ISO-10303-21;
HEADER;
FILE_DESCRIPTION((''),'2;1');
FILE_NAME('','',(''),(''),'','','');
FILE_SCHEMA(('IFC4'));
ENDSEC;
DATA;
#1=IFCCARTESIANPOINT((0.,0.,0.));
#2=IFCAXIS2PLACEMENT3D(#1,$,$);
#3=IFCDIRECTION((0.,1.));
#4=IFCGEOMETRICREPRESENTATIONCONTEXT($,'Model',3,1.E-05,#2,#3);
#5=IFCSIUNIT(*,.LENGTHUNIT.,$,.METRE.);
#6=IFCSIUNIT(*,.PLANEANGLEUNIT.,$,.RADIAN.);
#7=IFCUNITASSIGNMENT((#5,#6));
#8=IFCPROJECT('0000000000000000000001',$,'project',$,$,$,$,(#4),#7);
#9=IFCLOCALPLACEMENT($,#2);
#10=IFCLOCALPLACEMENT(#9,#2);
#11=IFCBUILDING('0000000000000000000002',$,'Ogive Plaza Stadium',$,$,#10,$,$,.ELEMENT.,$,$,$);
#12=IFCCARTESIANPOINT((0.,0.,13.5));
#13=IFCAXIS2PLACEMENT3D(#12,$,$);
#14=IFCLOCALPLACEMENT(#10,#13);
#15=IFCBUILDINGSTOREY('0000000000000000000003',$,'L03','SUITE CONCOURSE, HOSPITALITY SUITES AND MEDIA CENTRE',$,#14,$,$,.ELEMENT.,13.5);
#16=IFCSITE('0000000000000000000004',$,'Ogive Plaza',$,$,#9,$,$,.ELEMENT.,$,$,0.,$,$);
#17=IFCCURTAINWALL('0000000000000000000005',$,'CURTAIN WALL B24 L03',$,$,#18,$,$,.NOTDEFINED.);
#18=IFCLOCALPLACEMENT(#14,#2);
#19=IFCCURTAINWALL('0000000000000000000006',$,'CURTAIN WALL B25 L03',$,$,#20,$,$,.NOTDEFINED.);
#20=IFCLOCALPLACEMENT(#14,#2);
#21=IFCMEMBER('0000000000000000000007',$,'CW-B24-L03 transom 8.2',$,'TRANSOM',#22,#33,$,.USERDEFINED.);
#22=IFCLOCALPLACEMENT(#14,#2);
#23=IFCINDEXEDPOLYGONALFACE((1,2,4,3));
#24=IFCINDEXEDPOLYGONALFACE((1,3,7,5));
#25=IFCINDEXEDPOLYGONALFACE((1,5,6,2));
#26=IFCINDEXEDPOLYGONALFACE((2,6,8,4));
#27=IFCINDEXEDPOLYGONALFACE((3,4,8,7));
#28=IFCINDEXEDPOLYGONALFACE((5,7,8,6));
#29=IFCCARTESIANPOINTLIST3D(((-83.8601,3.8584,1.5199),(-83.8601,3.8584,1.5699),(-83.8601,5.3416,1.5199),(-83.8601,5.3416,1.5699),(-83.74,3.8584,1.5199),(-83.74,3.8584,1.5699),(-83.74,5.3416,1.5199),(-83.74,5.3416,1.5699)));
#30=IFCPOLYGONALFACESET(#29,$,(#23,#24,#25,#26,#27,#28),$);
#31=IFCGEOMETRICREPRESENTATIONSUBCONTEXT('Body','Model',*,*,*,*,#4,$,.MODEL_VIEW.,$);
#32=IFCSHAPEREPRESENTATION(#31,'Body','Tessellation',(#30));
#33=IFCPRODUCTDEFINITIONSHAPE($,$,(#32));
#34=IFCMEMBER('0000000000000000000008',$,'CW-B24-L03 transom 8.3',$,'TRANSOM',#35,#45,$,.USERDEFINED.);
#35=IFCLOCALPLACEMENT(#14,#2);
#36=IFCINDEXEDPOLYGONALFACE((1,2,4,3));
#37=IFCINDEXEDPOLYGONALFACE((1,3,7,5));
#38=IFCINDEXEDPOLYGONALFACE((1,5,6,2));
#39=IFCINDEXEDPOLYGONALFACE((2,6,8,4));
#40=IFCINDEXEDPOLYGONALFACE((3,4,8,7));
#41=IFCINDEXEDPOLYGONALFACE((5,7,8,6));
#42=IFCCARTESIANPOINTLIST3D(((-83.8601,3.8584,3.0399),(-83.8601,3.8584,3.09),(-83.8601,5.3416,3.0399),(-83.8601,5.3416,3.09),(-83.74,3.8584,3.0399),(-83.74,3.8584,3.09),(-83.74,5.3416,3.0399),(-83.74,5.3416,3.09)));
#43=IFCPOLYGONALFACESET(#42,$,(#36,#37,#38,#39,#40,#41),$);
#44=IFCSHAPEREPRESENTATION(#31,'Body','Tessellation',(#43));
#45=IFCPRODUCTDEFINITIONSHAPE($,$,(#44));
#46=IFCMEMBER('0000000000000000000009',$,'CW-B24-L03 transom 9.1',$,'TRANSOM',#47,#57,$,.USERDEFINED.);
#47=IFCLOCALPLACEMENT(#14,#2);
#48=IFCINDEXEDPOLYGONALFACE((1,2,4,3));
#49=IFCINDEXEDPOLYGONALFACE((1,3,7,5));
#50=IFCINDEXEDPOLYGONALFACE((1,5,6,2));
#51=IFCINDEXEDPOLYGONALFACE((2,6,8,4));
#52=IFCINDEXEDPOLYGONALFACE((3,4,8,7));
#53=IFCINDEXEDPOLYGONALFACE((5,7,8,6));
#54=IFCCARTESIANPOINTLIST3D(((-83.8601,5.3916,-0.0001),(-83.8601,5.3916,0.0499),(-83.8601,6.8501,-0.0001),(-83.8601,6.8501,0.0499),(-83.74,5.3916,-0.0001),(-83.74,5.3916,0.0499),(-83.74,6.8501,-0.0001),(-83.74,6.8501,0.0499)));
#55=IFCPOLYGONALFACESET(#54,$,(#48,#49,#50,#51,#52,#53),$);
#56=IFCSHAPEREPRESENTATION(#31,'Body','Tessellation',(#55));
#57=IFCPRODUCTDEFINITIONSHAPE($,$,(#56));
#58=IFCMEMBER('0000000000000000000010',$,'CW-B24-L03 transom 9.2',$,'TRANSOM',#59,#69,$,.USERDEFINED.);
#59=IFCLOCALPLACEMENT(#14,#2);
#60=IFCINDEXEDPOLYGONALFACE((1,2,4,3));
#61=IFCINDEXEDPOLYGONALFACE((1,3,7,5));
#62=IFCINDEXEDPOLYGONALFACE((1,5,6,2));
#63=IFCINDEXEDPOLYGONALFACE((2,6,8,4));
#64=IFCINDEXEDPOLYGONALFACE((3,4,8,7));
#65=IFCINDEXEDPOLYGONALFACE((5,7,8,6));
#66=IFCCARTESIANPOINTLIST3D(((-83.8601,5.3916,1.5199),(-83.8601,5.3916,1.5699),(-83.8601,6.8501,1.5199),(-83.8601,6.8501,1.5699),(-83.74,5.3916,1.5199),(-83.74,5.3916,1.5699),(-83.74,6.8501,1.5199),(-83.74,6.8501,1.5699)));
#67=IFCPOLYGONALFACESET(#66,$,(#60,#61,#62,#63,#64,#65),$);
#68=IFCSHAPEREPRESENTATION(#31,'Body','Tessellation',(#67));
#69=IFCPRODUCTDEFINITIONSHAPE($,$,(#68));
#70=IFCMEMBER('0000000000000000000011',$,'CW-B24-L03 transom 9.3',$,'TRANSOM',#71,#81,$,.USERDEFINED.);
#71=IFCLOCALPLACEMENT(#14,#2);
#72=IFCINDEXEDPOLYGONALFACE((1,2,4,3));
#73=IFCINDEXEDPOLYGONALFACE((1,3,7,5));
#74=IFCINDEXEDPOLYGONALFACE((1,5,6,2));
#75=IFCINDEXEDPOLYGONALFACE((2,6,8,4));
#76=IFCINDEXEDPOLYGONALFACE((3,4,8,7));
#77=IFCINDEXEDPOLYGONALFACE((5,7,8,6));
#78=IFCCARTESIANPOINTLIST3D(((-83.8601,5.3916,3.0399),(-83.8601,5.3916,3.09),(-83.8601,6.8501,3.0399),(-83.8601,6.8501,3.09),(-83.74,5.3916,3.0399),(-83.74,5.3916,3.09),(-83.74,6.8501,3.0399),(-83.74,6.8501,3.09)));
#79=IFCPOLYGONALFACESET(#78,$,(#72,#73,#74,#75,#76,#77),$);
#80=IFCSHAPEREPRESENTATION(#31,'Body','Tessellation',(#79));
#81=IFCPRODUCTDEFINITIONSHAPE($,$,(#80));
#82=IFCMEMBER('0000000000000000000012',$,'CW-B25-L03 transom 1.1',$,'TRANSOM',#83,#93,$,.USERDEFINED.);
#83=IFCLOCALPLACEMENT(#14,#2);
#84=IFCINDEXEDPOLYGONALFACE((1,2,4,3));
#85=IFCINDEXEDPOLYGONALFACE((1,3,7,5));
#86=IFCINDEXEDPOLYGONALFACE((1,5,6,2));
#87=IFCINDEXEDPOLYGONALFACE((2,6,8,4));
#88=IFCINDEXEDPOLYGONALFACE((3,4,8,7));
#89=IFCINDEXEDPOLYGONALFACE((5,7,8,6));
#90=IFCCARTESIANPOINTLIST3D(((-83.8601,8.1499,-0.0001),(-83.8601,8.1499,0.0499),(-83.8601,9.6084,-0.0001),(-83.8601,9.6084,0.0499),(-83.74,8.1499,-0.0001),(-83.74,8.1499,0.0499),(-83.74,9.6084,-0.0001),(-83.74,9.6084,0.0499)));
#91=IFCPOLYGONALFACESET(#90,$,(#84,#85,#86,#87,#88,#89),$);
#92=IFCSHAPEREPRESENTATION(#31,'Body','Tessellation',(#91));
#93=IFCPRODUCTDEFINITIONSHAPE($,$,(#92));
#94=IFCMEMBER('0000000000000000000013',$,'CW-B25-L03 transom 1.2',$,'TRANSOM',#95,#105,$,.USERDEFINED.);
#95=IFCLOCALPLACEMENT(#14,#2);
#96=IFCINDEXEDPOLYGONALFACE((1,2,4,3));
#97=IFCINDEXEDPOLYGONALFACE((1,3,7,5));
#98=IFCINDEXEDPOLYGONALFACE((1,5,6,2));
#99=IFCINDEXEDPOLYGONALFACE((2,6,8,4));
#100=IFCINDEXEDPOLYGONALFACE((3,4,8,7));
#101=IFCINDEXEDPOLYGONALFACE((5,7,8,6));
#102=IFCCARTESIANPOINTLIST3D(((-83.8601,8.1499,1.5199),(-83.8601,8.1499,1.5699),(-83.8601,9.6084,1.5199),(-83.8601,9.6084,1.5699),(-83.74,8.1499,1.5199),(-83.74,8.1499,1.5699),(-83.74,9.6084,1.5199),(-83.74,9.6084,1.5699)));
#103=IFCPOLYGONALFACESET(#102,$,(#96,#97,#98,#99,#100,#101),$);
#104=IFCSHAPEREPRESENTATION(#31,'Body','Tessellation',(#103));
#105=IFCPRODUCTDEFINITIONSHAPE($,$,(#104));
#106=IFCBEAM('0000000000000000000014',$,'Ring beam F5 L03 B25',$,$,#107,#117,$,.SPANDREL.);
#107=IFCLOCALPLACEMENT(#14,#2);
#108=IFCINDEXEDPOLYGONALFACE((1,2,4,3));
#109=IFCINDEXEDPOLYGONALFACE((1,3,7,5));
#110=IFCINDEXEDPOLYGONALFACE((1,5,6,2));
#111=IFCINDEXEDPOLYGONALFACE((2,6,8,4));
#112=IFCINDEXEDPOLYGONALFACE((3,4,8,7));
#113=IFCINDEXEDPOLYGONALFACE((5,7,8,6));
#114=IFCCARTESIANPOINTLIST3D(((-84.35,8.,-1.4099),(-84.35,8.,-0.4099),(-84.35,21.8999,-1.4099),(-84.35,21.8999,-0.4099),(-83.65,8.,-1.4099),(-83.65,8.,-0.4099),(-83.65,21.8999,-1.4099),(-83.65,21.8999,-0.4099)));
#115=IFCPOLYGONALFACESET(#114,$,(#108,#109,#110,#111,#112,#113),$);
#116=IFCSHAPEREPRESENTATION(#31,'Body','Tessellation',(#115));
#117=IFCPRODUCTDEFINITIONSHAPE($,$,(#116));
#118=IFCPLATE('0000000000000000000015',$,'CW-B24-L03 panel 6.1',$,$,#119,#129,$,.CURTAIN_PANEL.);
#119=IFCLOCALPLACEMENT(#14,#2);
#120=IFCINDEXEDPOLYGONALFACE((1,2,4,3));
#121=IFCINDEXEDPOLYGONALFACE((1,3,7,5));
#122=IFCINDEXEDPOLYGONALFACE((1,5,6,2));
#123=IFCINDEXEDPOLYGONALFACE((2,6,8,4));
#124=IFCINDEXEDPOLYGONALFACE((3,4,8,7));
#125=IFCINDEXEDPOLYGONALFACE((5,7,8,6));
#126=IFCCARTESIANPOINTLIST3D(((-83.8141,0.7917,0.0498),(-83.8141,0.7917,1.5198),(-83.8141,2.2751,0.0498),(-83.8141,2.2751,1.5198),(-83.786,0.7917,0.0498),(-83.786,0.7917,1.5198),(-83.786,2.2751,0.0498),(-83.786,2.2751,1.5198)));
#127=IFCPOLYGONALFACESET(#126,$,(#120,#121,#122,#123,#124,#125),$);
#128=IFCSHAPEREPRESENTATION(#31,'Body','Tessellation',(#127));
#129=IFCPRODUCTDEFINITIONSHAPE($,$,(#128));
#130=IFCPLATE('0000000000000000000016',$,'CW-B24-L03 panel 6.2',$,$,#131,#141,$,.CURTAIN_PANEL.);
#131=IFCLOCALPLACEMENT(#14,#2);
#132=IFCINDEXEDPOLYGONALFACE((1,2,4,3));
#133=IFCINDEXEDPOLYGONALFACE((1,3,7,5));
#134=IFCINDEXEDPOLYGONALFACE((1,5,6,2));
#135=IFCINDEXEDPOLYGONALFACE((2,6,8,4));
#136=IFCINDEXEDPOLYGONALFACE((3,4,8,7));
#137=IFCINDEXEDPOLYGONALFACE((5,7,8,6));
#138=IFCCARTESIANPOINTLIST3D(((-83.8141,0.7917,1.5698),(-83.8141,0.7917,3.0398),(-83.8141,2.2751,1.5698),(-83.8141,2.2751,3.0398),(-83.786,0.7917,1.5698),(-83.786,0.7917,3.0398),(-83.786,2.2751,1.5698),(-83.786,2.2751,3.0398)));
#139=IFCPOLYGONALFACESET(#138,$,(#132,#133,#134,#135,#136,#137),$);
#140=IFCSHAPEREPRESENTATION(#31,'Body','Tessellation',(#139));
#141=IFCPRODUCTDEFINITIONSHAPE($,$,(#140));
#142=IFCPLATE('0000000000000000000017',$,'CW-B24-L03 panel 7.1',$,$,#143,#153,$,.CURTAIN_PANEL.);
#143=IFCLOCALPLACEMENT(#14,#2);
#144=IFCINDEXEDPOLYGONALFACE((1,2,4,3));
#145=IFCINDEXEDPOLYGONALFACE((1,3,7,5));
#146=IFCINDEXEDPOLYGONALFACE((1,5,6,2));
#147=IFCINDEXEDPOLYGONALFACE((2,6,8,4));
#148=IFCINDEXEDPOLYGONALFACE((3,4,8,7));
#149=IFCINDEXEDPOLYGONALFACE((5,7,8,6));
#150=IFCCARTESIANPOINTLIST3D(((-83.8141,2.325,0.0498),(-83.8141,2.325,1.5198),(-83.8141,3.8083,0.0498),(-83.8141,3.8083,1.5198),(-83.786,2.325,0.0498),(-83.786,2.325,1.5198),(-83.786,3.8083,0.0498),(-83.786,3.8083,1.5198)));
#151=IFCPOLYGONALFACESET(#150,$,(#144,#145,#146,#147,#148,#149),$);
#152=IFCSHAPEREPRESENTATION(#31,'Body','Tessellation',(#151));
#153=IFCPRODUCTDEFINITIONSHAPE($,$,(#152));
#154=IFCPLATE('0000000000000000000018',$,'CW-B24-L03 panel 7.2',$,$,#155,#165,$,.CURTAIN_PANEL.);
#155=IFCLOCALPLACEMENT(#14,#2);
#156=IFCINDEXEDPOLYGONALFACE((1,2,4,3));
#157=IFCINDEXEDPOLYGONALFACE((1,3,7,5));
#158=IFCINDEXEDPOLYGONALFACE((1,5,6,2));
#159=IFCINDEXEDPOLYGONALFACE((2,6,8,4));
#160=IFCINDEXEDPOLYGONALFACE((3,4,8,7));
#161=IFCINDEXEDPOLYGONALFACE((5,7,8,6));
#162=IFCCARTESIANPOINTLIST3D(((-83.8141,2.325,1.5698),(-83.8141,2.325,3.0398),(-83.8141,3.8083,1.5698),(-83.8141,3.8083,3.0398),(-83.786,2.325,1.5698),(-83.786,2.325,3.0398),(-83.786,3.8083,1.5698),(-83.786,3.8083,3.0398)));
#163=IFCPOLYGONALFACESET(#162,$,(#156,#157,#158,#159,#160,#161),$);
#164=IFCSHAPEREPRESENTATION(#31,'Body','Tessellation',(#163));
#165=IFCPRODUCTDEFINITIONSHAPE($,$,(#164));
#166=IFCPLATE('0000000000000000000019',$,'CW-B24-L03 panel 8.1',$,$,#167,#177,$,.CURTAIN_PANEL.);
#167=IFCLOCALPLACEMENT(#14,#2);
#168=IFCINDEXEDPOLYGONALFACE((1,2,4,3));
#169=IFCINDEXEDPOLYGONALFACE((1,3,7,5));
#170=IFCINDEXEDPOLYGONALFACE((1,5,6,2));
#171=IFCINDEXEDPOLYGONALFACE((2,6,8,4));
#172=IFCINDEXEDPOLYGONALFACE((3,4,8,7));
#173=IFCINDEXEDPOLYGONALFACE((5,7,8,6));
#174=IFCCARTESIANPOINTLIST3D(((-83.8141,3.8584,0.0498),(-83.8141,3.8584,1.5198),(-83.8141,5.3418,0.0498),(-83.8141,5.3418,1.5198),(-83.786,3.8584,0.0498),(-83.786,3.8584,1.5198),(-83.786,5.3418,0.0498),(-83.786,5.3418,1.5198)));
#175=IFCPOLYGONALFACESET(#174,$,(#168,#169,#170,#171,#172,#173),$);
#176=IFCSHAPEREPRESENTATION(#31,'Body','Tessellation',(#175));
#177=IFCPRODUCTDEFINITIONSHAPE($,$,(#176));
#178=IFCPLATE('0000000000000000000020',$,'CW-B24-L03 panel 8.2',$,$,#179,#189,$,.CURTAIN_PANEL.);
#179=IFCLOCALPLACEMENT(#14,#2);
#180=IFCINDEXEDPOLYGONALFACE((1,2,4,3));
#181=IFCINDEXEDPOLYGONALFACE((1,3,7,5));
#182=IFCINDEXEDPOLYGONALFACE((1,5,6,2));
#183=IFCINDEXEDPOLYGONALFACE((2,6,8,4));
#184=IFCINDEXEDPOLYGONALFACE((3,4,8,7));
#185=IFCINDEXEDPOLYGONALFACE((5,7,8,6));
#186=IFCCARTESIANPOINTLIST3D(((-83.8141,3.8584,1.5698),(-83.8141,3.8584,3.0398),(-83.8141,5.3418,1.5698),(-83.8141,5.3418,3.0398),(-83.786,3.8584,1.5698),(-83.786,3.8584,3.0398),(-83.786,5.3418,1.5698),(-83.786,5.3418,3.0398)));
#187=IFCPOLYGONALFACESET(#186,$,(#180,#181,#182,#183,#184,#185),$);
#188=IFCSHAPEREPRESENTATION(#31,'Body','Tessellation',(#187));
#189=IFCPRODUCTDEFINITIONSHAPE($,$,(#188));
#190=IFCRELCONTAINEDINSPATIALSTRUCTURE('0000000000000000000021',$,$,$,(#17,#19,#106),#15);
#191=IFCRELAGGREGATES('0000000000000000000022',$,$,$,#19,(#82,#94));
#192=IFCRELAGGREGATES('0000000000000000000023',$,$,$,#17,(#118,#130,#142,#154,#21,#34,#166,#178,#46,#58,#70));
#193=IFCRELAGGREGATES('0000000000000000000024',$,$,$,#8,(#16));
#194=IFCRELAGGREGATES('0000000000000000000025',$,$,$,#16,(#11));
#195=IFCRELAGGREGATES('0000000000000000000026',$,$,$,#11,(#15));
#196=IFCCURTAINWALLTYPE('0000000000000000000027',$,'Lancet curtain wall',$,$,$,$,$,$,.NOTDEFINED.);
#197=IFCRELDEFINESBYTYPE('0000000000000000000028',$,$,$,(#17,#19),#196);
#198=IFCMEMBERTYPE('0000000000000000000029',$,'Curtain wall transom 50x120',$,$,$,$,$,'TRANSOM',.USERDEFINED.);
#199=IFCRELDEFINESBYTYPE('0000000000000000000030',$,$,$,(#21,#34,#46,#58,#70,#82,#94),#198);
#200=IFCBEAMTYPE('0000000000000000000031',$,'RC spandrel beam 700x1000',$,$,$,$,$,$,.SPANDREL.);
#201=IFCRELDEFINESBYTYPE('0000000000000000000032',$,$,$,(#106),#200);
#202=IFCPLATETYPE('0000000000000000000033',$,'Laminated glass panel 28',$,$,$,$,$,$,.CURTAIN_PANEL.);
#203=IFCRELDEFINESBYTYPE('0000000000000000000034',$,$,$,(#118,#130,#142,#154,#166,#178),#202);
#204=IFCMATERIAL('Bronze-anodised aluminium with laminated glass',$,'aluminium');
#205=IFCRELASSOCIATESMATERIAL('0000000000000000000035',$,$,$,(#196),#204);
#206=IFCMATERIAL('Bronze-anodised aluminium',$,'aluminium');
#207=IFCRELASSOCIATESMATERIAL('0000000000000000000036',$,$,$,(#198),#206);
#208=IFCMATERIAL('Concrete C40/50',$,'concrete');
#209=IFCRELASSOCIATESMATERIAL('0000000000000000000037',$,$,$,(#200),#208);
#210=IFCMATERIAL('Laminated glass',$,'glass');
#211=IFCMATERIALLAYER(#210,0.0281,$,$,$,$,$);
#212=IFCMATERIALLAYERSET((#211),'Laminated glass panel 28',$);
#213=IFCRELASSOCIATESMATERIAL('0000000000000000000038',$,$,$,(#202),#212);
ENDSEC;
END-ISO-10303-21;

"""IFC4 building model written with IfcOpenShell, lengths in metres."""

from ifc_helpers import new_model, si_unit, direction, frame, origin, origin_2d, place, context, subcontext, project, spatial, rectangle, extrude, material, layer, layer_set, material_profile, profile_set, type_object, element, aggregate, save


model = new_model("IFC4")

# Units and contexts
model_context = context("Model", 3, precision=1e-05, world=origin(), true_north=direction((0.0, 1.0)))
body_context = subcontext(model_context, "Body", "Model", "MODEL_VIEW")
ifc_project = project(units=[si_unit("LENGTHUNIT", "METRE"), si_unit("PLANEANGLEUNIT", "RADIAN")], contexts=[model_context])

# Site, building, storey
site_placement = place(None, origin())
site = spatial("IfcSite", under=ifc_project, at=site_placement, Name="Ogive Plaza", CompositionType="ELEMENT", RefElevation=0.0)
building_placement = place(site_placement, origin())
building = spatial("IfcBuilding", under=site, at=building_placement, Name="Ogive Plaza Stadium", CompositionType="ELEMENT")
storey_placement = place(building_placement, frame((0.0, 0.0, 13.5)))
storey = spatial("IfcBuildingStorey", under=building, at=storey_placement, Name="L03", Description="SUITE CONCOURSE, HOSPITALITY SUITES AND MEDIA CENTRE", CompositionType="ELEMENT", Elevation=13.5)

# Curtain wall
ifc_material_1 = material(Name="Bronze-anodised aluminium with laminated glass", Category="aluminium")
curtain_wall_type = type_object("IfcCurtainWallType", Name="Lancet curtain wall", PredefinedType="NOTDEFINED", material=ifc_material_1)
curtain_wall_1_placement = place(storey_placement, origin())
curtain_wall_1 = element("IfcCurtainWall", 1, at=curtain_wall_1_placement, inside=storey, type_object=curtain_wall_type, Name="CURTAIN WALL B24 L03", PredefinedType="NOTDEFINED")

# Curtain wall
curtain_wall_2_placement = place(storey_placement, origin())
curtain_wall_2 = element("IfcCurtainWall", 2, at=curtain_wall_2_placement, inside=storey, type_object=curtain_wall_type, Name="CURTAIN WALL B25 L03", PredefinedType="NOTDEFINED")

# Members
ifc_material_2 = material(Name="Bronze-anodised aluminium", Category="aluminium")
ifc_material_profile_1 = material_profile(ifc_material_2, rectangle(XDim=0.1201, YDim=0.05, at=origin_2d()), Name="AL 120x50")
ifc_profile_set_1 = profile_set([ifc_material_profile_1], Name="Bronze-anodised aluminium")
member_type_1 = type_object("IfcMemberType", Name="Curtain wall transom 50x120", ElementType="TRANSOM", PredefinedType="USERDEFINED", material=ifc_profile_set_1)
member_1_placement = place(storey_placement, frame((-83.8, 3.8584, 1.5449), z_axis=(0.0, 1.0, 0.0), x_axis=(-1.0, 0.0, 0.0)))
member_1 = element("IfcMember", 3, at=member_1_placement, type_object=member_type_1, Name="CW-B24-L03 transom 8.2", ObjectType="TRANSOM", PredefinedType="USERDEFINED", context=body_context, shape_type="SweptSolid", body=[
    extrude(rectangle(XDim=0.1201, YDim=0.05, at=origin_2d()), origin(), (0.0, 0.0, 1.0), 1.4832),
])
member_2_placement = place(storey_placement, frame((-83.8, 3.8584, 3.0649), z_axis=(0.0, 1.0, 0.0), x_axis=(-1.0, 0.0, 0.0)))
member_2 = element("IfcMember", 4, at=member_2_placement, type_object=member_type_1, Name="CW-B24-L03 transom 8.3", ObjectType="TRANSOM", PredefinedType="USERDEFINED", context=body_context, shape_type="SweptSolid", body=[
    extrude(rectangle(XDim=0.1201, YDim=0.05, at=origin_2d()), origin(), (0.0, 0.0, 1.0), 1.4832),
])
member_3_placement = place(storey_placement, frame((-83.8, 5.3916, 0.0249), z_axis=(0.0, 1.0, 0.0), x_axis=(-1.0, 0.0, 0.0)))
member_3 = element("IfcMember", 5, at=member_3_placement, type_object=member_type_1, Name="CW-B24-L03 transom 9.1", ObjectType="TRANSOM", PredefinedType="USERDEFINED", context=body_context, shape_type="SweptSolid", body=[
    extrude(rectangle(XDim=0.1201, YDim=0.05, at=origin_2d()), origin(), (0.0, 0.0, 1.0), 1.4585),
])
member_4_placement = place(storey_placement, frame((-83.8, 5.3916, 1.5449), z_axis=(0.0, 1.0, 0.0), x_axis=(-1.0, 0.0, 0.0)))
member_4 = element("IfcMember", 6, at=member_4_placement, type_object=member_type_1, Name="CW-B24-L03 transom 9.2", ObjectType="TRANSOM", PredefinedType="USERDEFINED", context=body_context, shape_type="SweptSolid", body=[
    extrude(rectangle(XDim=0.1201, YDim=0.05, at=origin_2d()), origin(), (0.0, 0.0, 1.0), 1.4585),
])
member_5_placement = place(storey_placement, frame((-83.8, 5.3916, 3.0649), z_axis=(0.0, 1.0, 0.0), x_axis=(-1.0, 0.0, 0.0)))
member_5 = element("IfcMember", 7, at=member_5_placement, type_object=member_type_1, Name="CW-B24-L03 transom 9.3", ObjectType="TRANSOM", PredefinedType="USERDEFINED", context=body_context, shape_type="SweptSolid", body=[
    extrude(rectangle(XDim=0.1201, YDim=0.05, at=origin_2d()), origin(), (0.0, 0.0, 1.0), 1.4585),
])
member_6_placement = place(storey_placement, frame((-83.8, 8.1499, 0.0249), z_axis=(0.0, 1.0, 0.0), x_axis=(-1.0, 0.0, 0.0)))
member_6 = element("IfcMember", 8, at=member_6_placement, type_object=member_type_1, Name="CW-B25-L03 transom 1.1", ObjectType="TRANSOM", PredefinedType="USERDEFINED", context=body_context, shape_type="SweptSolid", body=[
    extrude(rectangle(XDim=0.1201, YDim=0.05, at=origin_2d()), origin(), (0.0, 0.0, 1.0), 1.4585),
])
member_7_placement = place(storey_placement, frame((-83.8, 8.1499, 1.5449), z_axis=(0.0, 1.0, 0.0), x_axis=(-1.0, 0.0, 0.0)))
member_7 = element("IfcMember", 9, at=member_7_placement, type_object=member_type_1, Name="CW-B25-L03 transom 1.2", ObjectType="TRANSOM", PredefinedType="USERDEFINED", context=body_context, shape_type="SweptSolid", body=[
    extrude(rectangle(XDim=0.1201, YDim=0.05, at=origin_2d()), origin(), (0.0, 0.0, 1.0), 1.4585),
])
aggregate(curtain_wall_2, [member_6, member_7])

# Beam
ifc_material_3 = material(Name="Concrete C40/50", Category="concrete")
ifc_material_profile_2 = material_profile(ifc_material_3, rectangle(XDim=0.7, YDim=1.0, at=origin_2d()), Name="RC 700x1000")
ifc_profile_set_2 = profile_set([ifc_material_profile_2], Name="Concrete C40/50")
beam_type = type_object("IfcBeamType", Name="RC spandrel beam 700x1000", PredefinedType="SPANDREL", material=ifc_profile_set_2)
beam_placement = place(storey_placement, frame((-84.0, 8.0, -0.9099), z_axis=(0.0, 1.0, 0.0), x_axis=(-1.0, 0.0, 0.0)))
element("IfcBeam", 10, at=beam_placement, inside=storey, type_object=beam_type, Name="Ring beam F5 L03 B25", PredefinedType="SPANDREL", context=body_context, shape_type="SweptSolid", body=[
    extrude(rectangle(XDim=0.7, YDim=1.0, at=origin_2d()), origin(), (0.0, 0.0, 1.0), 13.8999),
])

# Plates
ifc_material_4 = material(Name="Laminated glass", Category="glass")
ifc_layer_1 = layer(ifc_material_4, 0.0281)
ifc_layer_set_1 = layer_set([ifc_layer_1], Name="Laminated glass panel 28")
plate_type = type_object("IfcPlateType", Name="Laminated glass panel 28", PredefinedType="CURTAIN_PANEL", material=ifc_layer_set_1)
plate_1_placement = place(storey_placement, frame((-83.8, 1.5334, 0.0498), z_axis=(0.0, 0.0, 1.0), x_axis=(0.0, 1.0, 0.0)))
plate_1 = element("IfcPlate", 11, at=plate_1_placement, type_object=plate_type, Name="CW-B24-L03 panel 6.1", PredefinedType="CURTAIN_PANEL", context=body_context, shape_type="SweptSolid", body=[
    extrude(rectangle(XDim=1.4834, YDim=0.0281, at=origin_2d()), origin(), (0.0, 0.0, 1.0), 1.47),
])
plate_2_placement = place(storey_placement, frame((-83.8, 1.5334, 1.5698), z_axis=(0.0, 0.0, 1.0), x_axis=(0.0, 1.0, 0.0)))
plate_2 = element("IfcPlate", 12, at=plate_2_placement, type_object=plate_type, Name="CW-B24-L03 panel 6.2", PredefinedType="CURTAIN_PANEL", context=body_context, shape_type="SweptSolid", body=[
    extrude(rectangle(XDim=1.4834, YDim=0.0281, at=origin_2d()), origin(), (0.0, 0.0, 1.0), 1.47),
])
plate_3_placement = place(storey_placement, frame((-83.8, 3.0667, 0.0498), z_axis=(0.0, 0.0, 1.0), x_axis=(0.0, 1.0, 0.0)))
plate_3 = element("IfcPlate", 13, at=plate_3_placement, type_object=plate_type, Name="CW-B24-L03 panel 7.1", PredefinedType="CURTAIN_PANEL", context=body_context, shape_type="SweptSolid", body=[
    extrude(rectangle(XDim=1.4834, YDim=0.0281, at=origin_2d()), origin(), (0.0, 0.0, 1.0), 1.47),
])
plate_4_placement = place(storey_placement, frame((-83.8, 3.0667, 1.5698), z_axis=(0.0, 0.0, 1.0), x_axis=(0.0, 1.0, 0.0)))
plate_4 = element("IfcPlate", 14, at=plate_4_placement, type_object=plate_type, Name="CW-B24-L03 panel 7.2", PredefinedType="CURTAIN_PANEL", context=body_context, shape_type="SweptSolid", body=[
    extrude(rectangle(XDim=1.4834, YDim=0.0281, at=origin_2d()), origin(), (0.0, 0.0, 1.0), 1.47),
])
plate_5_placement = place(storey_placement, frame((-83.8, 4.6001, 0.0498), z_axis=(0.0, 0.0, 1.0), x_axis=(0.0, 1.0, 0.0)))
plate_5 = element("IfcPlate", 15, at=plate_5_placement, type_object=plate_type, Name="CW-B24-L03 panel 8.1", PredefinedType="CURTAIN_PANEL", context=body_context, shape_type="SweptSolid", body=[
    extrude(rectangle(XDim=1.4834, YDim=0.0281, at=origin_2d()), origin(), (0.0, 0.0, 1.0), 1.47),
])
plate_6_placement = place(storey_placement, frame((-83.8, 4.6001, 1.5698), z_axis=(0.0, 0.0, 1.0), x_axis=(0.0, 1.0, 0.0)))
plate_6 = element("IfcPlate", 16, at=plate_6_placement, type_object=plate_type, Name="CW-B24-L03 panel 8.2", PredefinedType="CURTAIN_PANEL", context=body_context, shape_type="SweptSolid", body=[
    extrude(rectangle(XDim=1.4834, YDim=0.0281, at=origin_2d()), origin(), (0.0, 0.0, 1.0), 1.47),
])
aggregate(curtain_wall_1, [plate_1, plate_2, plate_3, plate_4, member_1, member_2, plate_5, plate_6, member_3, member_4, member_5])

save(model, "model.ifc")
